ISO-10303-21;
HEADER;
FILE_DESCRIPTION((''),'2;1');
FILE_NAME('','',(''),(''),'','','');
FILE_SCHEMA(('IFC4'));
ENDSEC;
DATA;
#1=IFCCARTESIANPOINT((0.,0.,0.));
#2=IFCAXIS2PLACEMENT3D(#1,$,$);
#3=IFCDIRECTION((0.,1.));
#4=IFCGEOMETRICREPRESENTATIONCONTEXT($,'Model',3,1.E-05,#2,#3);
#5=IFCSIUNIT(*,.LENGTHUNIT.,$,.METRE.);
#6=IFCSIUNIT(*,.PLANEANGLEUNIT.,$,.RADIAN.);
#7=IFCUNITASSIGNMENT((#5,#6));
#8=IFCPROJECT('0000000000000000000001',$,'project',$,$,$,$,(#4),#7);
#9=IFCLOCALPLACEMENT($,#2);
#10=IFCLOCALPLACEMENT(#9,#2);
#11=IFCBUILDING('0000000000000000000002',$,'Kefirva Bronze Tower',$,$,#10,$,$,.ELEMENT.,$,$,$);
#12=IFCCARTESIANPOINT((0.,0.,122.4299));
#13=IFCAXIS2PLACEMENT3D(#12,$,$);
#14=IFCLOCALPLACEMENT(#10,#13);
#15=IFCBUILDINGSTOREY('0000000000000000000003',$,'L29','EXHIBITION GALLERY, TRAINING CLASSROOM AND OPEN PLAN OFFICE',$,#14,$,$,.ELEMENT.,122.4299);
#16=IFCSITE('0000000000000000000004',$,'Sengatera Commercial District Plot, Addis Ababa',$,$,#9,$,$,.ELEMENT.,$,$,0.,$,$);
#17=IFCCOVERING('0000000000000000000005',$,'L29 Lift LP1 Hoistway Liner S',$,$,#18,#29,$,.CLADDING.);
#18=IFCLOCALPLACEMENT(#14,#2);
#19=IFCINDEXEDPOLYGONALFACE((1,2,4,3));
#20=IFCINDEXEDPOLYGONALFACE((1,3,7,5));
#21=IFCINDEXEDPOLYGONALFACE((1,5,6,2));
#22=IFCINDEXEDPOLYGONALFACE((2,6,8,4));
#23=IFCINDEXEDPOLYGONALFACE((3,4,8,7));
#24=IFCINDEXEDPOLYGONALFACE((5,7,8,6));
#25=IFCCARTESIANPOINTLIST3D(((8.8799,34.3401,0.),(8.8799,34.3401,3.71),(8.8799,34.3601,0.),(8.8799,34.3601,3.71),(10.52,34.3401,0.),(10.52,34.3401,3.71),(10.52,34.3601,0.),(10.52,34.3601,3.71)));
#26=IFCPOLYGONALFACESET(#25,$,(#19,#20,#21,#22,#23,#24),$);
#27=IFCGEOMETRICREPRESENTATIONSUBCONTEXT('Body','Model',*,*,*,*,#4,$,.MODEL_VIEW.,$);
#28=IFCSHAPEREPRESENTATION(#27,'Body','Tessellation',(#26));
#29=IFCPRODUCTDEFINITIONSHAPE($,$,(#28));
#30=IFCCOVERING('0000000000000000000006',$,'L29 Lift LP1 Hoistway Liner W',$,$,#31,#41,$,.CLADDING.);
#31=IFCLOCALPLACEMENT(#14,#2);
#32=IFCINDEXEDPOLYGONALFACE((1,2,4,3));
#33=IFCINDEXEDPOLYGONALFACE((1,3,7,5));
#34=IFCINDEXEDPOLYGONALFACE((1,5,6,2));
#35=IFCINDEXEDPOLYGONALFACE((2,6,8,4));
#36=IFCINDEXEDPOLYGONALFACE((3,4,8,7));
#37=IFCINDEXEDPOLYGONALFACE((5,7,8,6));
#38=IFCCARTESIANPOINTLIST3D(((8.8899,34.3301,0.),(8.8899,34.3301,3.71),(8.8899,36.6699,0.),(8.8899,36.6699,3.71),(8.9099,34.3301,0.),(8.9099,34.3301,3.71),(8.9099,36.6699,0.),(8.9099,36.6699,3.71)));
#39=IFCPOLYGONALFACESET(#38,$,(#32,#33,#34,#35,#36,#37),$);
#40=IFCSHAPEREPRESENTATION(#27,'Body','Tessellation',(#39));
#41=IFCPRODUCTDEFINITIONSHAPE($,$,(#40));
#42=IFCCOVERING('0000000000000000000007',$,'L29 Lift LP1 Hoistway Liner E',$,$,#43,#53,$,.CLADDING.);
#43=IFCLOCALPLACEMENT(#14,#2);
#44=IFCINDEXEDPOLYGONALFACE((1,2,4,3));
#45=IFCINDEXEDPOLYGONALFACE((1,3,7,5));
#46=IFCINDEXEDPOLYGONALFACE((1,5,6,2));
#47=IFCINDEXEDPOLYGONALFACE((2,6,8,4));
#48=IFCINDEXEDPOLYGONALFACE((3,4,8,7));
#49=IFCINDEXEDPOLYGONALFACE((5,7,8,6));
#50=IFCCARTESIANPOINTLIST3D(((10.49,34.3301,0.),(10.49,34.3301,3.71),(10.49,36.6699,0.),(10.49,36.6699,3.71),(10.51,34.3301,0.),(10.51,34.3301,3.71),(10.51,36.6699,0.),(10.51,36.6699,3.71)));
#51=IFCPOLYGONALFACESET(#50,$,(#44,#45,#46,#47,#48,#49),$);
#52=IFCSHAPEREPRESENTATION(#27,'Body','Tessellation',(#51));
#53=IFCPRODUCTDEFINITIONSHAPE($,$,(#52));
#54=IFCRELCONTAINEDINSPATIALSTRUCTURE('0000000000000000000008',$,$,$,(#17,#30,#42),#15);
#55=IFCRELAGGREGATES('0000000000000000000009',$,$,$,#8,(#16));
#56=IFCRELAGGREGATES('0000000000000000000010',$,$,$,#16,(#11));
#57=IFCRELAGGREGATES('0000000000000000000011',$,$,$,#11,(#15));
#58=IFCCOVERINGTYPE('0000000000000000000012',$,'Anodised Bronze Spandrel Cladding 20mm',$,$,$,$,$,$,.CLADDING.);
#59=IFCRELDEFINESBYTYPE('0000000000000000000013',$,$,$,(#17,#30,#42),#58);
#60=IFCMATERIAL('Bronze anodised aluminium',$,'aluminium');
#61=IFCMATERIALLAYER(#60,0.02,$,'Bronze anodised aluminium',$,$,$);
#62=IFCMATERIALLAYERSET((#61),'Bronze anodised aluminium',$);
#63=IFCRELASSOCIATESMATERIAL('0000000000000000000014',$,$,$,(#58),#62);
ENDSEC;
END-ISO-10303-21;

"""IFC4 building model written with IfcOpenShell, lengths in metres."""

from ifc_helpers import new_model, si_unit, direction, frame, origin, place, context, subcontext, project, spatial, polyline, outline, extrude, material, layer, layer_set, type_object, element, save


model = new_model("IFC4")

# Units and contexts
model_context = context("Model", 3, precision=1e-05, world=origin(), true_north=direction((0.0, 1.0)))
body_context = subcontext(model_context, "Body", "Model", "MODEL_VIEW")
ifc_project = project(units=[si_unit("LENGTHUNIT", "METRE"), si_unit("PLANEANGLEUNIT", "RADIAN")], contexts=[model_context])

# Site, building, storey
site_placement = place(None, origin())
site = spatial("IfcSite", under=ifc_project, at=site_placement, Name="Sengatera Commercial District Plot, Addis Ababa", CompositionType="ELEMENT", RefElevation=0.0)
building_placement = place(site_placement, origin())
building = spatial("IfcBuilding", under=site, at=building_placement, Name="Kefirva Bronze Tower", CompositionType="ELEMENT")
storey_placement = place(building_placement, frame((0.0, 0.0, 122.4299)))
storey = spatial("IfcBuildingStorey", under=building, at=storey_placement, Name="L29", Description="EXHIBITION GALLERY, TRAINING CLASSROOM AND OPEN PLAN OFFICE", CompositionType="ELEMENT", Elevation=122.4299)

# Coverings
ifc_material_1 = material(Name="Bronze anodised aluminium", Category="aluminium")
ifc_layer_1 = layer(ifc_material_1, 0.02, Name="Bronze anodised aluminium")
ifc_layer_set_1 = layer_set([ifc_layer_1], Name="Bronze anodised aluminium")
covering_type = type_object("IfcCoveringType", Name="Anodised Bronze Spandrel Cladding 20mm", PredefinedType="CLADDING", material=ifc_layer_set_1)
covering_1_placement = place(storey_placement, origin())
element("IfcCovering", 1, at=covering_1_placement, inside=storey, type_object=covering_type, Name="L29 Lift LP1 Hoistway Liner S", PredefinedType="CLADDING", context=body_context, shape_type="SweptSolid", body=[
    extrude(outline(polyline([(8.8799, 34.3401), (10.52, 34.3401), (10.52, 34.3601), (8.8799, 34.3601), (8.8799, 34.3401)])), origin(), (0.0, 0.0, 1.0), 3.71),
])
covering_2_placement = place(storey_placement, origin())
element("IfcCovering", 2, at=covering_2_placement, inside=storey, type_object=covering_type, Name="L29 Lift LP1 Hoistway Liner W", PredefinedType="CLADDING", context=body_context, shape_type="SweptSolid", body=[
    extrude(outline(polyline([(8.8899, 34.3301), (8.9099, 34.3301), (8.9099, 36.6699), (8.8899, 36.6699), (8.8899, 34.3301)])), origin(), (0.0, 0.0, 1.0), 3.71),
])
covering_3_placement = place(storey_placement, origin())
element("IfcCovering", 3, at=covering_3_placement, inside=storey, type_object=covering_type, Name="L29 Lift LP1 Hoistway Liner E", PredefinedType="CLADDING", context=body_context, shape_type="SweptSolid", body=[
    extrude(outline(polyline([(10.49, 34.3301), (10.51, 34.3301), (10.51, 36.6699), (10.49, 36.6699), (10.49, 34.3301)])), origin(), (0.0, 0.0, 1.0), 3.71),
])

save(model, "model.ifc")
